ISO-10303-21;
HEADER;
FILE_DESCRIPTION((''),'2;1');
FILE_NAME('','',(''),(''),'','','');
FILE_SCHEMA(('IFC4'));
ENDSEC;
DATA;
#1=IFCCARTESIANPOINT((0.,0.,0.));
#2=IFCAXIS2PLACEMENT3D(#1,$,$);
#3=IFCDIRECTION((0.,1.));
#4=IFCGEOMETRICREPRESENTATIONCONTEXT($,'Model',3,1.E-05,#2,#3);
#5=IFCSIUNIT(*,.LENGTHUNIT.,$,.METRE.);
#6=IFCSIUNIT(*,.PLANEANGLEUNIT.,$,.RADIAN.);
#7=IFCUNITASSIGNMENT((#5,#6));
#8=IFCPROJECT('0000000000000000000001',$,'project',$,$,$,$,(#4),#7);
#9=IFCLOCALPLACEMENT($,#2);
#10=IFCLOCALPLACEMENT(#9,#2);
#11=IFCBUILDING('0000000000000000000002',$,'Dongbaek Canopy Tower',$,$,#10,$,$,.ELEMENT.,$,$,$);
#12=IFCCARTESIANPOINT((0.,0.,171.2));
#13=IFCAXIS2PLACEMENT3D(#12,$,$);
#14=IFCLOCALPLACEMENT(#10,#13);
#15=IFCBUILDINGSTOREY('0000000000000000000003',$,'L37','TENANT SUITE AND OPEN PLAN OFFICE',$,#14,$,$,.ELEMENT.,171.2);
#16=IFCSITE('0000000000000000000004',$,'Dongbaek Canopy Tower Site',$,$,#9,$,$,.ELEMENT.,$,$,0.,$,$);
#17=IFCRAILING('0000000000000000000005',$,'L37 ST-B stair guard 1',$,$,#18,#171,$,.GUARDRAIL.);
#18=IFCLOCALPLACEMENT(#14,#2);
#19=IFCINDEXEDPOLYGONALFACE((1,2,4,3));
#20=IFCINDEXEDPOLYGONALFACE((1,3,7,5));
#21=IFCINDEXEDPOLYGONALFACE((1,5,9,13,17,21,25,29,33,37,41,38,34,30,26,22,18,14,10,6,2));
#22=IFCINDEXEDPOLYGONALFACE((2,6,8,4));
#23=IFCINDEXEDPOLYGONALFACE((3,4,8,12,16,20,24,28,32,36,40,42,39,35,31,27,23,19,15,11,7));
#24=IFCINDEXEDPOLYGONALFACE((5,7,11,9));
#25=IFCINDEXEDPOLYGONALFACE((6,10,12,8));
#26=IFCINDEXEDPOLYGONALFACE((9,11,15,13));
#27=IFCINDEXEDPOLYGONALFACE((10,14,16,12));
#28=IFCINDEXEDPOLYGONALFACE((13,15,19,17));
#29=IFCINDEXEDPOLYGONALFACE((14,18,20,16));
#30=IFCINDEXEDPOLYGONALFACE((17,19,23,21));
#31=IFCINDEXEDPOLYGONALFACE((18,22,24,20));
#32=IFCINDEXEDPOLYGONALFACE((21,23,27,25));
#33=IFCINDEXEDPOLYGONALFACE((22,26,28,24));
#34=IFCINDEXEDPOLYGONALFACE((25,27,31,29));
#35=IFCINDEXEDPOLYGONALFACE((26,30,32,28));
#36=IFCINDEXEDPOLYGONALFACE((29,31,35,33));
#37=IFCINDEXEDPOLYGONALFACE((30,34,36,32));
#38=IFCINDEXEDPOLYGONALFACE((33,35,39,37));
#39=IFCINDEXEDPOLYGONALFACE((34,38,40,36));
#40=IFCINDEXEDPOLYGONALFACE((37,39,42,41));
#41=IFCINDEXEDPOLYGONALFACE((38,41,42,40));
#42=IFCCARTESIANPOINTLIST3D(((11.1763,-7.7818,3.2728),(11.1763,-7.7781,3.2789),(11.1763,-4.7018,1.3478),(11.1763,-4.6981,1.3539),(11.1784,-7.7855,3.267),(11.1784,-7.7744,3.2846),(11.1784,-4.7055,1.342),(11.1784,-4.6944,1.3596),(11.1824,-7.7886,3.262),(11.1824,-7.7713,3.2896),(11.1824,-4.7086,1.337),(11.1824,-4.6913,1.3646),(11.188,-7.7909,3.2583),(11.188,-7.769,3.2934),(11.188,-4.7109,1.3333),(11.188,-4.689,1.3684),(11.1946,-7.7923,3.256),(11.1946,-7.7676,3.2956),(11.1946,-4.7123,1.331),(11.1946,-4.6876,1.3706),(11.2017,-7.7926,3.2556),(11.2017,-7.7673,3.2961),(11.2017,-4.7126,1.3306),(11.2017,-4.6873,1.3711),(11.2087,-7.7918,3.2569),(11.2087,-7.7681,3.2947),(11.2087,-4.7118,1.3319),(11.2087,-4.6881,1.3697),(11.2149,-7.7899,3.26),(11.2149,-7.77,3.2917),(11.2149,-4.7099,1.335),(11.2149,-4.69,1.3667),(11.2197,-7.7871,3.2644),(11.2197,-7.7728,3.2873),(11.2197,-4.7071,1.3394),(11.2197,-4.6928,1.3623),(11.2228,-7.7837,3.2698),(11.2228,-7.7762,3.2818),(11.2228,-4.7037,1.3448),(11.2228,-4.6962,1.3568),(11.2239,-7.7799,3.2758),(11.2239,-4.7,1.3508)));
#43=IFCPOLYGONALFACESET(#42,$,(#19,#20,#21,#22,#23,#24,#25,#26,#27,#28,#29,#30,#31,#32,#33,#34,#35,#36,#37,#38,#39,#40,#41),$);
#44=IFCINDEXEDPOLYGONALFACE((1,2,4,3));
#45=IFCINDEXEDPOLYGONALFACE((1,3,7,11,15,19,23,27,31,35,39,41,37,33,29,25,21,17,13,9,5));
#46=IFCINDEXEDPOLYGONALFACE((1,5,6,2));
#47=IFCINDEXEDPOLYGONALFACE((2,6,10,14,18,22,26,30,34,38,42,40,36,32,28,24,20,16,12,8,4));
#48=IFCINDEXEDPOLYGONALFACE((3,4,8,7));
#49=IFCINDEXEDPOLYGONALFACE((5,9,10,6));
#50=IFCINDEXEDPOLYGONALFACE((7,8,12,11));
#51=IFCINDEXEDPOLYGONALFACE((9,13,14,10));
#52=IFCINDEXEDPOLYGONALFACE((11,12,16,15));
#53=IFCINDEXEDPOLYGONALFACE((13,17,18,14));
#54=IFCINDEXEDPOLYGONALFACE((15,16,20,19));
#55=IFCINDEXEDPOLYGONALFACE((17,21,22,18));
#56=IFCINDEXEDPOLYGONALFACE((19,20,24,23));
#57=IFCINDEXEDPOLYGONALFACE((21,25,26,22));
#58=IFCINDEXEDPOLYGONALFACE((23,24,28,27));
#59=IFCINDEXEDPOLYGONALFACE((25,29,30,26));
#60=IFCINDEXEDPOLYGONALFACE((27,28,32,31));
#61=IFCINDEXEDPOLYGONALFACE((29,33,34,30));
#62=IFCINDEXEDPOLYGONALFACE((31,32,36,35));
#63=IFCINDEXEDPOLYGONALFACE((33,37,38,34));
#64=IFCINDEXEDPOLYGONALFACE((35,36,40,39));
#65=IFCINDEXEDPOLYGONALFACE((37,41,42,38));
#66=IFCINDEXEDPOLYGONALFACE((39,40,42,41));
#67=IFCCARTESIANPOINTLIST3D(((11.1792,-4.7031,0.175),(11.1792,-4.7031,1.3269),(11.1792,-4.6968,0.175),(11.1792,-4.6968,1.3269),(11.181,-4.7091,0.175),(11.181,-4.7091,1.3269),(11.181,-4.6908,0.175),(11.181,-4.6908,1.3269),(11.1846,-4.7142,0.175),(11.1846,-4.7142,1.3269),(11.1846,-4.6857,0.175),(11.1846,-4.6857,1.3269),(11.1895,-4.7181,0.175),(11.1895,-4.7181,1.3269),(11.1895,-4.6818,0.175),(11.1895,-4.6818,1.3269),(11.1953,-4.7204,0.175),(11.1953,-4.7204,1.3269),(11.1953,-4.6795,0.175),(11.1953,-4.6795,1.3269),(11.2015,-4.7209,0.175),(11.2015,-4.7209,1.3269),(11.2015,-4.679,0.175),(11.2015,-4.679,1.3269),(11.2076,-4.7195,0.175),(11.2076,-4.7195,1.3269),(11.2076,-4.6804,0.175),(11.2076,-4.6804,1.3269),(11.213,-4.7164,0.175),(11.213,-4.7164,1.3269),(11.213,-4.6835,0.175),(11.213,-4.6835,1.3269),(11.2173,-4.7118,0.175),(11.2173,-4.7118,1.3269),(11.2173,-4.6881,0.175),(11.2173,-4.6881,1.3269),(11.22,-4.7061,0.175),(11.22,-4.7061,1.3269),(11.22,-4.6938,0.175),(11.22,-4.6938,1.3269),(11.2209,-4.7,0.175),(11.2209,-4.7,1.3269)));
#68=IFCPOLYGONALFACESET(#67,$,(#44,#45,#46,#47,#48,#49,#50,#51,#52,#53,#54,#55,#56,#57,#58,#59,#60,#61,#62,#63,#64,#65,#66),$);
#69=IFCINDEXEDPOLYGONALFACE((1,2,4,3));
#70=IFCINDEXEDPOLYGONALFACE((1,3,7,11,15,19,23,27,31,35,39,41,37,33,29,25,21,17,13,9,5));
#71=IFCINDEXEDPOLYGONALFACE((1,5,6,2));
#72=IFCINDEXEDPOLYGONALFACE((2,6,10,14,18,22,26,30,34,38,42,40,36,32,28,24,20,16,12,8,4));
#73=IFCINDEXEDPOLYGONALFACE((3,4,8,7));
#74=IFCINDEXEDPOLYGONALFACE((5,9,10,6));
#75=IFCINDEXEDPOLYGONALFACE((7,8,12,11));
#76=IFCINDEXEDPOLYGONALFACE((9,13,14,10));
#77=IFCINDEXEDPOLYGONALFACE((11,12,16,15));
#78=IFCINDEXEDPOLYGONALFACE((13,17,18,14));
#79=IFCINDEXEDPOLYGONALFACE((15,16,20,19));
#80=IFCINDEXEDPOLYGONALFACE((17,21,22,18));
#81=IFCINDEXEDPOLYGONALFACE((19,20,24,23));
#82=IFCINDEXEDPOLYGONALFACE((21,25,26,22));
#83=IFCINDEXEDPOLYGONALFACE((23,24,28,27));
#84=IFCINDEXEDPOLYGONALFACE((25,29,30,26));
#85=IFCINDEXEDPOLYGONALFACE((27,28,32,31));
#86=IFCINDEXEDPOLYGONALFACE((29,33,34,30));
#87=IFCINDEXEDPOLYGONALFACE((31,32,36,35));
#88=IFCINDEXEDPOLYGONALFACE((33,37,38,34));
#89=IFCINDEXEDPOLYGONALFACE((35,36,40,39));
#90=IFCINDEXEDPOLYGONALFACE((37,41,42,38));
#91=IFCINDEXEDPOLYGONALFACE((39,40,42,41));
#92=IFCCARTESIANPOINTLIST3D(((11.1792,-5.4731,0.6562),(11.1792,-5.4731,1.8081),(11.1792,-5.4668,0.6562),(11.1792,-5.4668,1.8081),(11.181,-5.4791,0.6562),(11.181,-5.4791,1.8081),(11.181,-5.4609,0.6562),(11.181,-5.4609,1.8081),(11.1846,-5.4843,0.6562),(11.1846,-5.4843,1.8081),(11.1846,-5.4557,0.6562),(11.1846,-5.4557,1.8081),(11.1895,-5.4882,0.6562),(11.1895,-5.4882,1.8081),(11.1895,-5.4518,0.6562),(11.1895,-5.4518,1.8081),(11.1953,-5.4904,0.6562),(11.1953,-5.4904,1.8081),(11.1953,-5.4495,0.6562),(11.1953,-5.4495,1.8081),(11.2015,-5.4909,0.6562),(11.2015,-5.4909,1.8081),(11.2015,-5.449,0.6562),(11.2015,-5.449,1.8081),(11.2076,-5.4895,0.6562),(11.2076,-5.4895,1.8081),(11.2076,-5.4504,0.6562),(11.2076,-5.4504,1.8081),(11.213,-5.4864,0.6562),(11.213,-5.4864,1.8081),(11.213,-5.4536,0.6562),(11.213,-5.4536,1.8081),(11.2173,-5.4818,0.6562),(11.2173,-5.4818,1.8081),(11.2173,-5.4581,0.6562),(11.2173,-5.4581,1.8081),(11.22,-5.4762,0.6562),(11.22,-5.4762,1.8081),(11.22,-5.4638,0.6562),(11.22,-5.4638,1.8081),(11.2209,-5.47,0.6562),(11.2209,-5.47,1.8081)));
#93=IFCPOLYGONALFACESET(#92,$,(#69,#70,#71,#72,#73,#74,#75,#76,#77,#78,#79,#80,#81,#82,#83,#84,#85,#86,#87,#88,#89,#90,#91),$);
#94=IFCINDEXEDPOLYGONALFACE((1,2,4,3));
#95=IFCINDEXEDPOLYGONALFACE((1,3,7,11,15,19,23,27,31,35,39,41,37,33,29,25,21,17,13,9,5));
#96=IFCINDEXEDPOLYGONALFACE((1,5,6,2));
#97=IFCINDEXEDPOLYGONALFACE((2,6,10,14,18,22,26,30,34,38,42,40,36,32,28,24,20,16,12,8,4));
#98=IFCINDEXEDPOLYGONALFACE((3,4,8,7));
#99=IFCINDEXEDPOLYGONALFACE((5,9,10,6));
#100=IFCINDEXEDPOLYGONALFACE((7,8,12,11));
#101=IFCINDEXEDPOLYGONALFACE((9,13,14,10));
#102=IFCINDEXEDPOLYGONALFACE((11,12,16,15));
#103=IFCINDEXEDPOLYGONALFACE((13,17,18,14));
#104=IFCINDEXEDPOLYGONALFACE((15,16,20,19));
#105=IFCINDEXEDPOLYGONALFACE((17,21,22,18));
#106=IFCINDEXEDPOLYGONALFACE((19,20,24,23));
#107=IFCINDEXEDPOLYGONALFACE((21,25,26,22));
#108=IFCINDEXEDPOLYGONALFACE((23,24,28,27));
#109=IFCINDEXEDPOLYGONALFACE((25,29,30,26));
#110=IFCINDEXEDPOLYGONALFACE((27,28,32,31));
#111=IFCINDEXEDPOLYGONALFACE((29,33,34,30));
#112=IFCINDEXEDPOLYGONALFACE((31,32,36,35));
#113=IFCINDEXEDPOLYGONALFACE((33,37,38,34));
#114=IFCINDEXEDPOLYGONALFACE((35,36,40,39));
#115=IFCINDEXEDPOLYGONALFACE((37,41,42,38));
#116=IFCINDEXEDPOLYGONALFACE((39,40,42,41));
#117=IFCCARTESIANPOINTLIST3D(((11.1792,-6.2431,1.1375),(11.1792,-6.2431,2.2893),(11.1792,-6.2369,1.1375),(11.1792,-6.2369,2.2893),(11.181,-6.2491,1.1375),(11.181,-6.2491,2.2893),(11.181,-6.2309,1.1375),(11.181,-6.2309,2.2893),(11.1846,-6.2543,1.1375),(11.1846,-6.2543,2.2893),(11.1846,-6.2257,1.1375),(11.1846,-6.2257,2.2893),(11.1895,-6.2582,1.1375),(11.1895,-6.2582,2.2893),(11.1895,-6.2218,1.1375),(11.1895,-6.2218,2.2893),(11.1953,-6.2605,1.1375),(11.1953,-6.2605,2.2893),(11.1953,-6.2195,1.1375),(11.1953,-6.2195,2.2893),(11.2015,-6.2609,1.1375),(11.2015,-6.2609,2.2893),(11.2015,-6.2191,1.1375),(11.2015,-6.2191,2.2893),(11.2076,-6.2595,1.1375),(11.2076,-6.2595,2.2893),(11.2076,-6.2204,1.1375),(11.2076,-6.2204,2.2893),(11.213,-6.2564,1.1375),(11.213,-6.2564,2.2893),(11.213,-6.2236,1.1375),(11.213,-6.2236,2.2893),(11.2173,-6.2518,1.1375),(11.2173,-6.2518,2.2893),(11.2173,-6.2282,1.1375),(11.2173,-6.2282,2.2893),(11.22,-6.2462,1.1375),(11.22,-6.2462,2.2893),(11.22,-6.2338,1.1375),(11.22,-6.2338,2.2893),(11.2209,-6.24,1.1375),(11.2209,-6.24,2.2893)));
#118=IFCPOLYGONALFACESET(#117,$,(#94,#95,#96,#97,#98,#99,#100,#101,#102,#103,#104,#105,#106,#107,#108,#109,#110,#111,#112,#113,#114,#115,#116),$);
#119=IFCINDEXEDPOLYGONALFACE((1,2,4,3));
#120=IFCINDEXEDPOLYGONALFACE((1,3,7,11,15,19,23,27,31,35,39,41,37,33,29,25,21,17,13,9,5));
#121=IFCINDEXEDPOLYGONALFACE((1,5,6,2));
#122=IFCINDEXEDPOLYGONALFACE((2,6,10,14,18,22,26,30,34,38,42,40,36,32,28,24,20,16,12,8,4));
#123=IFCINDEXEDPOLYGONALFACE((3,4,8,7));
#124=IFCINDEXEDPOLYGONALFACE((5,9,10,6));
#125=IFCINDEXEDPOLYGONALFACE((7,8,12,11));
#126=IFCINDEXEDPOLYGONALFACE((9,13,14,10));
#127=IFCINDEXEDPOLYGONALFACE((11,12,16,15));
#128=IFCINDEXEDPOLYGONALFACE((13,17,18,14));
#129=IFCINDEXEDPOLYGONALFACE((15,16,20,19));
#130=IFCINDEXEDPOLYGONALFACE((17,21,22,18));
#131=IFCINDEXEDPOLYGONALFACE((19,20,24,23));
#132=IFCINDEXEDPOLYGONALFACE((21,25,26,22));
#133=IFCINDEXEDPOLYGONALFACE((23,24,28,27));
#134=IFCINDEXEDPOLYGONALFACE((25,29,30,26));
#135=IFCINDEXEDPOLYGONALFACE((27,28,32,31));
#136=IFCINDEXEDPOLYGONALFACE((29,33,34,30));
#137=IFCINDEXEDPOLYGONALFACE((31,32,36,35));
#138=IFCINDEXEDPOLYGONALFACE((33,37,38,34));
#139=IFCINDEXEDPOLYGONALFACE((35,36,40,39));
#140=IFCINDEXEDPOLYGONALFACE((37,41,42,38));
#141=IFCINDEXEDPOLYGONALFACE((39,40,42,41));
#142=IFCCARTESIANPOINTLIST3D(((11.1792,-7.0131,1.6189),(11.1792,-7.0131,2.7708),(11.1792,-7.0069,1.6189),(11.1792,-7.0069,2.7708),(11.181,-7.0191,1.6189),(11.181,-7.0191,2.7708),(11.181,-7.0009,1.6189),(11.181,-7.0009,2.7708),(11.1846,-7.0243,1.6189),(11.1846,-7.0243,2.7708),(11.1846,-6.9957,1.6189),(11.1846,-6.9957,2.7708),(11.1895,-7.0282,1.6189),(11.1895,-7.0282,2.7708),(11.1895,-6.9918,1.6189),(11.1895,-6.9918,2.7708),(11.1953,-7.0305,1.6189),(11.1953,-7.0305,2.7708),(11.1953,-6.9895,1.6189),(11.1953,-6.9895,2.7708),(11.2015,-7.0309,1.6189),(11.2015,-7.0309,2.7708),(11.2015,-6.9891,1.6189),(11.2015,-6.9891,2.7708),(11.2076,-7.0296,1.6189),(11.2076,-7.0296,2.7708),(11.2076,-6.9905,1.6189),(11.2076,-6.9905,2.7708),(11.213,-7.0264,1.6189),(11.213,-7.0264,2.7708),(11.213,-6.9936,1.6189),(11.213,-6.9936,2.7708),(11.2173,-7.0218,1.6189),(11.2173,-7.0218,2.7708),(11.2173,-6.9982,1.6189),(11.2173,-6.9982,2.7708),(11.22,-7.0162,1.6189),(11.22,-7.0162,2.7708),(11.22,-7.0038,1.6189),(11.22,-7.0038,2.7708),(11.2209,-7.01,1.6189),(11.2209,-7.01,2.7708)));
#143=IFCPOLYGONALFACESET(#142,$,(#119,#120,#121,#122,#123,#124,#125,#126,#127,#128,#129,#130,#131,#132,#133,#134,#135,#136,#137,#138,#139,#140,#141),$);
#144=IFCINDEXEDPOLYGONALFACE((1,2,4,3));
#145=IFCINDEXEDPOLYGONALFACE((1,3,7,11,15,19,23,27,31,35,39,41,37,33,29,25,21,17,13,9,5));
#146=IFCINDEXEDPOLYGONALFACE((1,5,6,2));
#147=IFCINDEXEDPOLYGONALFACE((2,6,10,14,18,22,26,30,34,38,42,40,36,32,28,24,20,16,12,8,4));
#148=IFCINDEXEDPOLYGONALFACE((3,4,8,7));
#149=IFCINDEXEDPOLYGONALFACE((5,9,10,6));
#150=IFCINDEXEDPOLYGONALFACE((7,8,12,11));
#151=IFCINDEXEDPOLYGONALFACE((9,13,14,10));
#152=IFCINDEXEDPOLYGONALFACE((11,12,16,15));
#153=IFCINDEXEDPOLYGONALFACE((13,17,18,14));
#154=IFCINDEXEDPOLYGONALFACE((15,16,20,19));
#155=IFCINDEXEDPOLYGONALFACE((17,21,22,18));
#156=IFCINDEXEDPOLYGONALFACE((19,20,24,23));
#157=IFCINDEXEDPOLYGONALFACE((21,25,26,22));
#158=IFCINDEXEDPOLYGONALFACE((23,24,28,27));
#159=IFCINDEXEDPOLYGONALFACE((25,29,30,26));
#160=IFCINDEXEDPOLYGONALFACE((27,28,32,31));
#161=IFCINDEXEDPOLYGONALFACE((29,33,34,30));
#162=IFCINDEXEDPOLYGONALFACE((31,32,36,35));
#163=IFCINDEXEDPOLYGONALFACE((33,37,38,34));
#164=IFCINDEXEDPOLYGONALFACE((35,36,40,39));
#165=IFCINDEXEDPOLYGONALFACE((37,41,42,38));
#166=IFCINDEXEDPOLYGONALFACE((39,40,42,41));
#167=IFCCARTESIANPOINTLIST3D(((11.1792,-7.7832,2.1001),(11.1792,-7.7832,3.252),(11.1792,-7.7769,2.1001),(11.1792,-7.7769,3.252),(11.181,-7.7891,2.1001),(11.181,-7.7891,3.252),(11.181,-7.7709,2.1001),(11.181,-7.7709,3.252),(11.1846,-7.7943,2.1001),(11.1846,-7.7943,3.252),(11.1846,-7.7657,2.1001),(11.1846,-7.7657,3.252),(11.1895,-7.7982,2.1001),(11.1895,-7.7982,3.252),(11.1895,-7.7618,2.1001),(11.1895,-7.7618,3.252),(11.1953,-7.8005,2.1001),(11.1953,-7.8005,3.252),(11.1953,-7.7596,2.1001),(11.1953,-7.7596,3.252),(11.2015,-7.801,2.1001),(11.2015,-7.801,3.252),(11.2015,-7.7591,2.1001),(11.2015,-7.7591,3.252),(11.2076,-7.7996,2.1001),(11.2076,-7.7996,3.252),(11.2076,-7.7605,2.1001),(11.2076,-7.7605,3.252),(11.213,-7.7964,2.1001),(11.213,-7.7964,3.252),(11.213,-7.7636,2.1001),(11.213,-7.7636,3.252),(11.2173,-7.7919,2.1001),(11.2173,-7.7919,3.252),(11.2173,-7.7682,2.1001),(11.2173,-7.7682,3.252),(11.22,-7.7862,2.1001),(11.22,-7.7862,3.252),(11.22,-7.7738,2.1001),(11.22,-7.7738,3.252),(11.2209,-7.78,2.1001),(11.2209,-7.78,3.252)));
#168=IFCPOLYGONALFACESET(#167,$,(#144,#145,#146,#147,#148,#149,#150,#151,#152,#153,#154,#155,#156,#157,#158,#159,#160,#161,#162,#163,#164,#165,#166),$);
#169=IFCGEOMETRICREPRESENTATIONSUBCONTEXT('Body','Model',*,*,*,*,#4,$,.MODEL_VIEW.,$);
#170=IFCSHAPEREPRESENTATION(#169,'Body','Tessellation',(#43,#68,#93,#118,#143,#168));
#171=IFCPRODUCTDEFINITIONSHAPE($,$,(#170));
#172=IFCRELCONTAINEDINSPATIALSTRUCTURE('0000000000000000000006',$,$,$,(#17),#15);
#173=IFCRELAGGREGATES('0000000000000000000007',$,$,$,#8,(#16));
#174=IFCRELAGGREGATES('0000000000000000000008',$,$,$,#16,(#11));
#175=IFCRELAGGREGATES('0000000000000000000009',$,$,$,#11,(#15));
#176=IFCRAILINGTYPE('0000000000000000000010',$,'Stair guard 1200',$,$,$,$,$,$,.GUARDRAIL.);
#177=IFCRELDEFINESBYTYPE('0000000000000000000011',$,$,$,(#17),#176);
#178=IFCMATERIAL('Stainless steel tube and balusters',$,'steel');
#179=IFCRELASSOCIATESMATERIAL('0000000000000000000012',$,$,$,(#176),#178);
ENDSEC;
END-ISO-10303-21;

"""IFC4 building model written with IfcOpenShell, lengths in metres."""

from ifc_helpers import new_model, si_unit, direction, frame, origin, origin_2d, place, context, subcontext, project, spatial, circle, extrude, material, type_object, element, save


model = new_model("IFC4")

# Units and contexts
model_context = context("Model", 3, precision=1e-05, world=origin(), true_north=direction((0.0, 1.0)))
body_context = subcontext(model_context, "Body", "Model", "MODEL_VIEW")
ifc_project = project(units=[si_unit("LENGTHUNIT", "METRE"), si_unit("PLANEANGLEUNIT", "RADIAN")], contexts=[model_context])

# Site, building, storey
site_placement = place(None, origin())
site = spatial("IfcSite", under=ifc_project, at=site_placement, Name="Dongbaek Canopy Tower Site", CompositionType="ELEMENT", RefElevation=0.0)
building_placement = place(site_placement, origin())
building = spatial("IfcBuilding", under=site, at=building_placement, Name="Dongbaek Canopy Tower", CompositionType="ELEMENT")
storey_placement = place(building_placement, frame((0.0, 0.0, 171.2)))
storey = spatial("IfcBuildingStorey", under=building, at=storey_placement, Name="L37", Description="TENANT SUITE AND OPEN PLAN OFFICE", CompositionType="ELEMENT", Elevation=171.2)

# Railing
ifc_material_1 = material(Name="Stainless steel tube and balusters", Category="steel")
railing_type_1 = type_object("IfcRailingType", Name="Stair guard 1200", PredefinedType="GUARDRAIL", material=ifc_material_1)
railing_1_placement = place(storey_placement, frame((11.2, -4.7, 0.175)))
element("IfcRailing", 1, at=railing_1_placement, inside=storey, type_object=railing_type_1, Name="L37 ST-B stair guard 1", PredefinedType="GUARDRAIL", context=body_context, shape_type="SweptSolid", body=[
    extrude(circle(Radius=0.0239, at=origin_2d()), frame((0.0, 0.0, 1.1758), z_axis=(0.0, -0.847998, 0.529999), x_axis=(1.0, 0.0, 0.0)), (0.0, 0.0, 1.0), 3.6321),
    extrude(circle(Radius=0.021, at=origin_2d()), origin(), (0.0, 0.0, 1.0), 1.1519),
    extrude(circle(Radius=0.021, at=origin_2d()), frame((0.0, -0.77, 0.4812)), (0.0, 0.0, 1.0), 1.1519),
    extrude(circle(Radius=0.021, at=origin_2d()), frame((0.0, -1.54, 0.9624)), (0.0, 0.0, 1.0), 1.1519),
    extrude(circle(Radius=0.021, at=origin_2d()), frame((0.0, -2.3101, 1.4438)), (0.0, 0.0, 1.0), 1.1519),
    extrude(circle(Radius=0.021, at=origin_2d()), frame((0.0, -3.0801, 1.925)), (0.0, 0.0, 1.0), 1.1519),
])

save(model, "model.ifc")
